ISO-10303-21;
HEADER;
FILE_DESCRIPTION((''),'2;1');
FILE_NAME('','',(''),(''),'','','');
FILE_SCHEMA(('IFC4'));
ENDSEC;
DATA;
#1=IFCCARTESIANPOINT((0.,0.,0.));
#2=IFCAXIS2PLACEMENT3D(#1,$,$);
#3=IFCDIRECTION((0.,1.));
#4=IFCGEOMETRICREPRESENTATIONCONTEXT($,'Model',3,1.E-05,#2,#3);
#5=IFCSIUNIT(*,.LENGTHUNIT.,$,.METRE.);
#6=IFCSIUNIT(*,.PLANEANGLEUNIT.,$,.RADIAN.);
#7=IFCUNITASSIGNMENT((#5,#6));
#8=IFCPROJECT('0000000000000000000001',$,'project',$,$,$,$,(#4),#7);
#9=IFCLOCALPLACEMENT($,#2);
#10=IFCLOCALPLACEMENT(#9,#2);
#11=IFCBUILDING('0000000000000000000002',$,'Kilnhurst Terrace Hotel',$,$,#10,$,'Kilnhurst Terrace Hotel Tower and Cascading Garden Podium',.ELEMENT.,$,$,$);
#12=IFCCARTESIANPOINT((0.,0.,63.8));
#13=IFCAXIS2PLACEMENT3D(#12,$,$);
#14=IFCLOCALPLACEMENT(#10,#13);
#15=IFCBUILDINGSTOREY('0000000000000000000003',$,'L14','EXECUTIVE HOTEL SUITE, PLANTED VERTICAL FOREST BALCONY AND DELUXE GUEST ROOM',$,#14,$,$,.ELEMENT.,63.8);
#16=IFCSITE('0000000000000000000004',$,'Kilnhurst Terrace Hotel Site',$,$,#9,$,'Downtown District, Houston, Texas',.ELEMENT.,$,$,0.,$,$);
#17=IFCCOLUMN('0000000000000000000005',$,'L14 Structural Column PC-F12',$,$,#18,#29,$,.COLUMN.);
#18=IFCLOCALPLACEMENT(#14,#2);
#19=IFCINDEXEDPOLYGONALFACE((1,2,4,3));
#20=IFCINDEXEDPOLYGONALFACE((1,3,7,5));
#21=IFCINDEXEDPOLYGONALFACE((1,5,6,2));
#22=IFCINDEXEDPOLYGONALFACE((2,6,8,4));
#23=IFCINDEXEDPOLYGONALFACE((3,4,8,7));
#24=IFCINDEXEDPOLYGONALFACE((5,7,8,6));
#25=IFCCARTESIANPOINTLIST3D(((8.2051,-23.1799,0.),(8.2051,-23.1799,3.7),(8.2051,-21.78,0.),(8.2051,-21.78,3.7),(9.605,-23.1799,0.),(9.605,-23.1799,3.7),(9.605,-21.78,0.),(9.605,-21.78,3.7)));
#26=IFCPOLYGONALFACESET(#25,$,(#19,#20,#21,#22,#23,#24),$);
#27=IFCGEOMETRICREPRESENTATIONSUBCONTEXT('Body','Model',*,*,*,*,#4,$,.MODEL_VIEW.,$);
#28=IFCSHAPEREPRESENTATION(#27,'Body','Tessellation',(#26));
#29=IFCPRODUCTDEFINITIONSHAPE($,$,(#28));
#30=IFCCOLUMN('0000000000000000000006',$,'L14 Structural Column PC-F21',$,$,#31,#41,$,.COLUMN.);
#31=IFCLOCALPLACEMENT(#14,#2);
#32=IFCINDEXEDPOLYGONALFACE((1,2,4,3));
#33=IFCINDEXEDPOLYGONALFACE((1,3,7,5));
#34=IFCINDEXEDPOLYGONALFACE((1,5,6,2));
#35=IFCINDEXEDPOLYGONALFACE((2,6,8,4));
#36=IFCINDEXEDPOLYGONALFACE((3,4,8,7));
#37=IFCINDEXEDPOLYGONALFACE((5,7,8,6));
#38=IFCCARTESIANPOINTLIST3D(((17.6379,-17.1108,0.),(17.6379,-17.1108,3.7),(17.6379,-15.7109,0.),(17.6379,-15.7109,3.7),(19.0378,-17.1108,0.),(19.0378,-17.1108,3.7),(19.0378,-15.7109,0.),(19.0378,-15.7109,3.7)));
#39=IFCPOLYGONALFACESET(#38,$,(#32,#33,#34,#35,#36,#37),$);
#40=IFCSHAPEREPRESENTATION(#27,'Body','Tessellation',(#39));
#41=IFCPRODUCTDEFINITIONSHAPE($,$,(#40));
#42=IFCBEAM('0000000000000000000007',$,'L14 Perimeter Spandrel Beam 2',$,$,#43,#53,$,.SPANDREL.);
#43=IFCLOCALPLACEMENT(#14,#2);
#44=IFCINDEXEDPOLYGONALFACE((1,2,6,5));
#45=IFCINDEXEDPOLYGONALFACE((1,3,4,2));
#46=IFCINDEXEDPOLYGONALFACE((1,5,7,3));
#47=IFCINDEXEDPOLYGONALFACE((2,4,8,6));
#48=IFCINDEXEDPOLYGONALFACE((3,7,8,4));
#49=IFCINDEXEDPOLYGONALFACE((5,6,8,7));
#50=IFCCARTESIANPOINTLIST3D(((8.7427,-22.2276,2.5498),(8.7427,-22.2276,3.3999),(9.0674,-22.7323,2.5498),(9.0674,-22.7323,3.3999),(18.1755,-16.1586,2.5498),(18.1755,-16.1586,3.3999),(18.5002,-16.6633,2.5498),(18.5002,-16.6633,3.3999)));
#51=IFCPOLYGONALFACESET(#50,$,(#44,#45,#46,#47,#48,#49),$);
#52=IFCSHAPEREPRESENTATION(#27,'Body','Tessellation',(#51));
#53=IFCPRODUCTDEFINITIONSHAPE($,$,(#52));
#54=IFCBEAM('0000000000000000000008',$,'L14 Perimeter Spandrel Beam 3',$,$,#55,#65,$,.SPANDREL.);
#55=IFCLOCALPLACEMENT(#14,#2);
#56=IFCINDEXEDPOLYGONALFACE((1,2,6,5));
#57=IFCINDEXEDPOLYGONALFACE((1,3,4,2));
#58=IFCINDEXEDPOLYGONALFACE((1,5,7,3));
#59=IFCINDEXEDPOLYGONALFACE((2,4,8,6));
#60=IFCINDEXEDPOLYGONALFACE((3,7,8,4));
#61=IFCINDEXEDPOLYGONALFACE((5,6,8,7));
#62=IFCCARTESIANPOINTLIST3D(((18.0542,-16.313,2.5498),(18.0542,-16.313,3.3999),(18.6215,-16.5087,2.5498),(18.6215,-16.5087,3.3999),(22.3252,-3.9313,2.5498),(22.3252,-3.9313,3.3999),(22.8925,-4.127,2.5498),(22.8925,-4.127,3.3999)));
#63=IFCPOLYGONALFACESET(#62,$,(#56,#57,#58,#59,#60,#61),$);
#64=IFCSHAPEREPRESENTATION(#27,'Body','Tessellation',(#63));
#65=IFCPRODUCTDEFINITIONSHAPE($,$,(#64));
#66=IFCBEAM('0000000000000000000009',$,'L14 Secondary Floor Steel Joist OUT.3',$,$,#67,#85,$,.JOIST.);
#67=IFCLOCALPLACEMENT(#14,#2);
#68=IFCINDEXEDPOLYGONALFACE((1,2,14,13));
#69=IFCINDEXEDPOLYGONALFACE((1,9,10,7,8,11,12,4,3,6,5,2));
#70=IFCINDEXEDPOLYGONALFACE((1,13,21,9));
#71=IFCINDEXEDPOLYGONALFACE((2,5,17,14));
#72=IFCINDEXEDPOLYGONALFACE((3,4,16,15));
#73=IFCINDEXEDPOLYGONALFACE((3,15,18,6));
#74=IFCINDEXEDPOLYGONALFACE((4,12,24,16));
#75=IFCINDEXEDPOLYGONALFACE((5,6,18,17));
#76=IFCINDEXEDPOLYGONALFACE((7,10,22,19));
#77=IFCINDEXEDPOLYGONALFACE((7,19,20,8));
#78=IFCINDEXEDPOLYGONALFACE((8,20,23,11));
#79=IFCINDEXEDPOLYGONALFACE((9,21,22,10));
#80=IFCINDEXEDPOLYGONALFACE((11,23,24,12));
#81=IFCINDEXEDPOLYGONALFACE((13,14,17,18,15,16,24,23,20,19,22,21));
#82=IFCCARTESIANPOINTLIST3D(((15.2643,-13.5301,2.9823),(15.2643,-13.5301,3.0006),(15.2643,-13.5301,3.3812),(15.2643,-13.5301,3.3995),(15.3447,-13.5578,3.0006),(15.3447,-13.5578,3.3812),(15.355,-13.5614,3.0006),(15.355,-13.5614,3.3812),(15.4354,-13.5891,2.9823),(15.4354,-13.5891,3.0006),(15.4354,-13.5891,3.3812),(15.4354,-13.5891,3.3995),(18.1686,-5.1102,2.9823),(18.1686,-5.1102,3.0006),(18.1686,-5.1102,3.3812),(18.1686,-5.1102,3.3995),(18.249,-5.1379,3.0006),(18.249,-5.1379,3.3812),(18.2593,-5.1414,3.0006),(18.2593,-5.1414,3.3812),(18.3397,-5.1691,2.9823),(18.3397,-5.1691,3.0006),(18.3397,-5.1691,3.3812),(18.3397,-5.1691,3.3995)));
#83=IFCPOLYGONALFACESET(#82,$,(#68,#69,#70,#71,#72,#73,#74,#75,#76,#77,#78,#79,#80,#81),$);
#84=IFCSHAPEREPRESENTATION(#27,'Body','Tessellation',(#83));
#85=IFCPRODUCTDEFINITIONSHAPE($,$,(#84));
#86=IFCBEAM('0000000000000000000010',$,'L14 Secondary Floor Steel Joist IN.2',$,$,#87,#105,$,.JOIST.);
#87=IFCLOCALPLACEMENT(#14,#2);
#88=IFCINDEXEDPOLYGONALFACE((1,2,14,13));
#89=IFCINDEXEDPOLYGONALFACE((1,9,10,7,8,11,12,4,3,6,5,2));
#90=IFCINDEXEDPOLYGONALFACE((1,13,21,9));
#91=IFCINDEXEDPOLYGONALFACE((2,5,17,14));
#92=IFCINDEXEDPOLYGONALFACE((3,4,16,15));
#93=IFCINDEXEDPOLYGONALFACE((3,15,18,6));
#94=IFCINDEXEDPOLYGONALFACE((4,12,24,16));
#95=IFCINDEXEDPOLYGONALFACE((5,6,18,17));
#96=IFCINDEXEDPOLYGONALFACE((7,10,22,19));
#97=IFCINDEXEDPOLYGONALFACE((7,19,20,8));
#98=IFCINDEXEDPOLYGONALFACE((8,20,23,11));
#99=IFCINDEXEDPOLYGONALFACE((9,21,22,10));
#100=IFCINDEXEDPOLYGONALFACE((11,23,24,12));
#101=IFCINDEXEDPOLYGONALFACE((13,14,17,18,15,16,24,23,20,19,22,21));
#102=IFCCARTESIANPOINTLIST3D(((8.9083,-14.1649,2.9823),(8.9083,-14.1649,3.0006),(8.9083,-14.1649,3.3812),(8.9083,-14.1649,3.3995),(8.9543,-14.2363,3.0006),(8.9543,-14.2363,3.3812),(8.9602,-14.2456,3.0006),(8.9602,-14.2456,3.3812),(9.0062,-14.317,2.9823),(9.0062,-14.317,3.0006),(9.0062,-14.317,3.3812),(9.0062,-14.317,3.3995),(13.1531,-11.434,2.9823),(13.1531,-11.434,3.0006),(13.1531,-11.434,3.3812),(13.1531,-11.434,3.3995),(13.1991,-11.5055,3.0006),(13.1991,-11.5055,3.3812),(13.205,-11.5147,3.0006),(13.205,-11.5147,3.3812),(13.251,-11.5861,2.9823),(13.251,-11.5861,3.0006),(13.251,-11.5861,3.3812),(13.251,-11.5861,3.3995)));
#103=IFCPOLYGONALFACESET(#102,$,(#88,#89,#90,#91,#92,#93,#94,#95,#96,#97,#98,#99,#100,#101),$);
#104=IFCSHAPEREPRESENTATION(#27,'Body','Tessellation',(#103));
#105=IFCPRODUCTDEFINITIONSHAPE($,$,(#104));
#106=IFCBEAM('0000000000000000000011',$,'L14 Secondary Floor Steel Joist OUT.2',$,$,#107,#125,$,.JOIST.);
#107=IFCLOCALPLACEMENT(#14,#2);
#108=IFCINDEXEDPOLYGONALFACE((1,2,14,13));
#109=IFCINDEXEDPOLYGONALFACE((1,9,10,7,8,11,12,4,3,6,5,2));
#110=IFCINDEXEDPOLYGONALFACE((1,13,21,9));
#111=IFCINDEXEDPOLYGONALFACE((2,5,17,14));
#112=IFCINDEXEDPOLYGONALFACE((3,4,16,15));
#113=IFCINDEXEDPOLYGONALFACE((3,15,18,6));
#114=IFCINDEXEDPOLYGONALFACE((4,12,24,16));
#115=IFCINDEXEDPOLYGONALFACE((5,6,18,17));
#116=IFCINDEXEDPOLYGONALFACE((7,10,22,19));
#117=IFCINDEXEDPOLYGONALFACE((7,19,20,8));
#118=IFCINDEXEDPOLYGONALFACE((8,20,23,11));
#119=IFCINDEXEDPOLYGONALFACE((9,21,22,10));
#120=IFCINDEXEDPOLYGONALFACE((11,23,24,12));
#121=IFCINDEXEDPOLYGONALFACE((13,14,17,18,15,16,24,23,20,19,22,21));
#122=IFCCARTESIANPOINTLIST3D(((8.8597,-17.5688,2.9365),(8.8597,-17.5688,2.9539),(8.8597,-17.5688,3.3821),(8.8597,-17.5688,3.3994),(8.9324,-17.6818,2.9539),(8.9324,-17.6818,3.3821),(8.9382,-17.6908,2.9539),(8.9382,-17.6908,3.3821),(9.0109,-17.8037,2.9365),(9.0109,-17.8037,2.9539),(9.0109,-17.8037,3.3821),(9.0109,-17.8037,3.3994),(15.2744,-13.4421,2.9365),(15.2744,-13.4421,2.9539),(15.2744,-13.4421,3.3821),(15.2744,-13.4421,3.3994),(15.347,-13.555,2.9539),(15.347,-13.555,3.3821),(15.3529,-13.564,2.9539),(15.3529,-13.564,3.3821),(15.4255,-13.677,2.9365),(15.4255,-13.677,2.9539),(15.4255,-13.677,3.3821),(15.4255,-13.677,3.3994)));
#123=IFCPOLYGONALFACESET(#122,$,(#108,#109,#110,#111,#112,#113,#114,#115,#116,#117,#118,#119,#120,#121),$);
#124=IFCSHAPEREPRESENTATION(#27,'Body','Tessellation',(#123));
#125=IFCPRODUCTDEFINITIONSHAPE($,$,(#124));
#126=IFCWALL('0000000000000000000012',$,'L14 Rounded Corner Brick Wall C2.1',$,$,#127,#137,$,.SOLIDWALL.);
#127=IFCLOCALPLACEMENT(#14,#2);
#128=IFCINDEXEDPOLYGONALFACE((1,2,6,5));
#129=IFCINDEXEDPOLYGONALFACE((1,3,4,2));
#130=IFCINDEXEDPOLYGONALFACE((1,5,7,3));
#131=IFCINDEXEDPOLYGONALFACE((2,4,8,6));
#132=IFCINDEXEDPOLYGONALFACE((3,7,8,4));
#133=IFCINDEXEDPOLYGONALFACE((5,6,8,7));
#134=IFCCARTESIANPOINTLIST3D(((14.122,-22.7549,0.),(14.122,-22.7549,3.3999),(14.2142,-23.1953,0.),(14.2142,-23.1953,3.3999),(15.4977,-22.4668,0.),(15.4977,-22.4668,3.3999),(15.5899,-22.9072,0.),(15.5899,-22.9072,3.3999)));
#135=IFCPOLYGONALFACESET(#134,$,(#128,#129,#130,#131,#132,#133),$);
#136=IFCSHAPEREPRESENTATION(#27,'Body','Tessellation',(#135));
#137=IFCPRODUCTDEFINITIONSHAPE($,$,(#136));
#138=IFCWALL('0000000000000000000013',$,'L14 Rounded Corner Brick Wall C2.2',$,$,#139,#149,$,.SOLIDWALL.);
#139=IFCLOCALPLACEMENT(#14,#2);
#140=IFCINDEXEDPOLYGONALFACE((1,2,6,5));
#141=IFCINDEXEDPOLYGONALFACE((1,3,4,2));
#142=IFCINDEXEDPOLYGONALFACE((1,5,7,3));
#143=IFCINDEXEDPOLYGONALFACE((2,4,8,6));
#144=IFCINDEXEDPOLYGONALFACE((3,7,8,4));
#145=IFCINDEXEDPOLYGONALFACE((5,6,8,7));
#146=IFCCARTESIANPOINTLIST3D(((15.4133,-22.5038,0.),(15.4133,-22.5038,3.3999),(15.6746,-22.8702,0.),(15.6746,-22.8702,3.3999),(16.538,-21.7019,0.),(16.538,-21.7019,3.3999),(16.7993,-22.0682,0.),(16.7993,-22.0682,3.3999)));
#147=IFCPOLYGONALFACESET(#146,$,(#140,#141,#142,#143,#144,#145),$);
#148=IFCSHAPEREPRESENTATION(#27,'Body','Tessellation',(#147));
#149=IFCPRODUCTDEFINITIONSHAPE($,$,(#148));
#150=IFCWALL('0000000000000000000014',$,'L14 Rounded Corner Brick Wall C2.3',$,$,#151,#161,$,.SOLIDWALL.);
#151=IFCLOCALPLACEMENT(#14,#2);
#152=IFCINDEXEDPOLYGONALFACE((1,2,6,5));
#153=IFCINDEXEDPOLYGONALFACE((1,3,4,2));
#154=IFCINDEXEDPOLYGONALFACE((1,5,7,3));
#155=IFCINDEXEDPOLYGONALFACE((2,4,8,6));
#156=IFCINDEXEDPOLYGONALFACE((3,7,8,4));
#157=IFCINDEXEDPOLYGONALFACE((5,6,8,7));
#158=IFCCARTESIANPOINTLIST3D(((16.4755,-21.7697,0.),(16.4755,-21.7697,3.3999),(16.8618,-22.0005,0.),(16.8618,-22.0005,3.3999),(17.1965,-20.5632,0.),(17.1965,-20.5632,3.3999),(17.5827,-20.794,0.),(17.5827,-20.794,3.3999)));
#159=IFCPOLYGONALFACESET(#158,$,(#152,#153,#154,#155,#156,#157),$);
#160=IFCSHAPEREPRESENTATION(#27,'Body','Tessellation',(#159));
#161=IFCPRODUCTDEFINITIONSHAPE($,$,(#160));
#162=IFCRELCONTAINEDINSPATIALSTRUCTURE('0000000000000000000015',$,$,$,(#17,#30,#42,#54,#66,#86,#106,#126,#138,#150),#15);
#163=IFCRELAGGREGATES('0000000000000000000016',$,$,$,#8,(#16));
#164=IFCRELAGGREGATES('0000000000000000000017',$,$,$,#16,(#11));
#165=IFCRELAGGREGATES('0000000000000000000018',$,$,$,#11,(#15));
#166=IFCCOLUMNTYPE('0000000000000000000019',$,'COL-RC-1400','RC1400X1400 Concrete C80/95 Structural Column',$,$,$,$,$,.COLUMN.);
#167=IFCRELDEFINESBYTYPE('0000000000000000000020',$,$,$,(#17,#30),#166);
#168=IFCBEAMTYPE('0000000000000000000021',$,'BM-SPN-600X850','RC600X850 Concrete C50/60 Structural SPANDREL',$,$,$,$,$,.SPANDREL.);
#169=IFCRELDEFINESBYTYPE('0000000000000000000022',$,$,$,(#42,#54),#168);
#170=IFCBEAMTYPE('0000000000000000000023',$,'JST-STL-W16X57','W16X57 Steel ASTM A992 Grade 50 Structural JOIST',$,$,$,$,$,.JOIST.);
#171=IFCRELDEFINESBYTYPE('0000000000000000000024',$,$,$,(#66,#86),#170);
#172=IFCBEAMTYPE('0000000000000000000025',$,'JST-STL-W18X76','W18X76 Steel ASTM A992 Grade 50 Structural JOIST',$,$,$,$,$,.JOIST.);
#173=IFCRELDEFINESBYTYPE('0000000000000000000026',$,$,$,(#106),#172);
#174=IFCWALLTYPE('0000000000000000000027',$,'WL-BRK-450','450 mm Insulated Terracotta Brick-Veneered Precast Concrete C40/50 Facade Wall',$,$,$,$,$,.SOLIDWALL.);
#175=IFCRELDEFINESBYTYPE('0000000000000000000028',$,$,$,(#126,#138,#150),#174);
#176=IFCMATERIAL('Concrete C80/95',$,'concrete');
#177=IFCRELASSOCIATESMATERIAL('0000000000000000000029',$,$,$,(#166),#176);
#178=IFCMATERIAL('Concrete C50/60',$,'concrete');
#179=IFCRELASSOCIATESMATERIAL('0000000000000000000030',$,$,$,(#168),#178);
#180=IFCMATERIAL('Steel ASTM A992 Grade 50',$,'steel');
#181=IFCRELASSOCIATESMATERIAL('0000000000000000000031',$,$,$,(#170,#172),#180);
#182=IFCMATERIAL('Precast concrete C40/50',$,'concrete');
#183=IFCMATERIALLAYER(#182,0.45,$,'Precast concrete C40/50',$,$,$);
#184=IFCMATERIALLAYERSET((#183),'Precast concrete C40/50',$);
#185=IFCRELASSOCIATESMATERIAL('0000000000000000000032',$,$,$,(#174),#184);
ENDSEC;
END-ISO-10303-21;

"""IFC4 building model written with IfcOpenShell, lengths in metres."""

from ifc_helpers import new_model, si_unit, direction, frame, frame_2d, origin, origin_2d, place, context, subcontext, project, spatial, rectangle, i_section, extrude, material, layer, layer_set, material_profile, profile_set, type_object, element, save


model = new_model("IFC4")

# Units and contexts
model_context = context("Model", 3, precision=1e-05, world=origin(), true_north=direction((0.0, 1.0)))
body_context = subcontext(model_context, "Body", "Model", "MODEL_VIEW")
ifc_project = project(units=[si_unit("LENGTHUNIT", "METRE"), si_unit("PLANEANGLEUNIT", "RADIAN")], contexts=[model_context])

# Site, building, storey
site_placement = place(None, origin())
site = spatial("IfcSite", under=ifc_project, at=site_placement, Name="Kilnhurst Terrace Hotel Site", LongName="Downtown District, Houston, Texas", CompositionType="ELEMENT", RefElevation=0.0)
building_placement = place(site_placement, origin())
building = spatial("IfcBuilding", under=site, at=building_placement, Name="Kilnhurst Terrace Hotel", LongName="Kilnhurst Terrace Hotel Tower and Cascading Garden Podium", CompositionType="ELEMENT")
storey_placement = place(building_placement, frame((0.0, 0.0, 63.8)))
storey = spatial("IfcBuildingStorey", under=building, at=storey_placement, Name="L14", Description="EXECUTIVE HOTEL SUITE, PLANTED VERTICAL FOREST BALCONY AND DELUXE GUEST ROOM", CompositionType="ELEMENT", Elevation=63.8)

# Columns
ifc_material_1 = material(Name="Concrete C80/95", Category="concrete")
ifc_material_profile_1 = material_profile(ifc_material_1, rectangle(XDim=1.3999, YDim=1.3999, at=origin_2d()), Name="RC1400X1400")
ifc_profile_set_1 = profile_set([ifc_material_profile_1], Name="Concrete C80/95")
column_type = type_object("IfcColumnType", Name="COL-RC-1400", Description="RC1400X1400 Concrete C80/95 Structural Column", PredefinedType="COLUMN", material=ifc_profile_set_1)
for number, where, z_axis, x_axis, name in (
    (1, (8.905, -22.48, 0.0), (0.0, 0.0, 1.0), (1.0, 0.0, 0.0), "L14 Structural Column PC-F12"),
    (2, (18.3379, -16.4109, 0.0), (0.0, 0.0, 1.0), (1.0, 0.0, 0.0), "L14 Structural Column PC-F21"),
):
    element("IfcColumn", number, at=place(storey_placement, frame(where, z_axis=z_axis, x_axis=x_axis)), inside=storey, type_object=column_type, Name=name, PredefinedType="COLUMN", context=body_context, shape_type="SweptSolid", body=[
        extrude(rectangle(XDim=1.3999, YDim=1.3999, at=origin_2d()), origin(), (0.0, 0.0, 1.0), 3.7),
    ])

# Beams
ifc_material_2 = material(Name="Concrete C50/60", Category="concrete")
ifc_material_profile_2 = material_profile(ifc_material_2, rectangle(XDim=0.6001, YDim=0.8501, at=origin_2d()), Name="RC600X850")
ifc_profile_set_2 = profile_set([ifc_material_profile_2], Name="Concrete C50/60")
beam_type_1 = type_object("IfcBeamType", Name="BM-SPN-600X850", Description="RC600X850 Concrete C50/60 Structural SPANDREL", PredefinedType="SPANDREL", material=ifc_profile_set_2)
beam_1_placement = place(storey_placement, frame((8.905, -22.48, 2.9749), z_axis=(0.840971, 0.54108, 0.0), x_axis=(-0.54108, 0.840971, 0.0)))
element("IfcBeam", 3, at=beam_1_placement, inside=storey, type_object=beam_type_1, Name="L14 Perimeter Spandrel Beam 2", PredefinedType="SPANDREL", context=body_context, shape_type="SweptSolid", body=[
    extrude(rectangle(XDim=0.6001, YDim=0.8501, at=origin_2d()), origin(), (0.0, 0.0, 1.0), 11.2166),
])
beam_2_placement = place(storey_placement, frame((18.3379, -16.4109, 2.9749), z_axis=(0.326086, 0.94534, 0.0), x_axis=(-0.94534, 0.326086, 0.0)))
element("IfcBeam", 4, at=beam_2_placement, inside=storey, type_object=beam_type_1, Name="L14 Perimeter Spandrel Beam 3", PredefinedType="SPANDREL", context=body_context, shape_type="SweptSolid", body=[
    extrude(rectangle(XDim=0.6001, YDim=0.8501, at=origin_2d()), origin(), (0.0, 0.0, 1.0), 13.0977),
])
ifc_material_3 = material(Name="Steel ASTM A992 Grade 50", Category="steel")
ifc_material_profile_3 = material_profile(ifc_material_3, i_section(OverallWidth=0.1809, OverallDepth=0.4172, WebThickness=0.011, FlangeThickness=0.0183, at=origin_2d()), Name="W16X57")
ifc_profile_set_3 = profile_set([ifc_material_profile_3], Name="Steel ASTM A992 Grade 50")
beam_type_2 = type_object("IfcBeamType", Name="JST-STL-W16X57", Description="W16X57 Steel ASTM A992 Grade 50 Structural JOIST", PredefinedType="JOIST", material=ifc_profile_set_3)
beam_3_placement = place(storey_placement, frame((15.3499, -13.5596, 3.1909), z_axis=(0.326079, 0.945343, 0.0), x_axis=(-0.945343, 0.326079, 0.0)))
element("IfcBeam", 5, at=beam_3_placement, inside=storey, type_object=beam_type_2, Name="L14 Secondary Floor Steel Joist OUT.3", PredefinedType="JOIST", context=body_context, shape_type="SweptSolid", body=[
    extrude(i_section(OverallWidth=0.1809, OverallDepth=0.4172, WebThickness=0.011, FlangeThickness=0.0183, at=origin_2d()), origin(), (0.0, 0.0, 1.0), 8.9067),
])
beam_4_placement = place(storey_placement, frame((8.9573, -14.241, 3.1909), z_axis=(0.840988, 0.541053, 0.0), x_axis=(-0.541053, 0.840988, 0.0)))
element("IfcBeam", 6, at=beam_4_placement, inside=storey, type_object=beam_type_2, Name="L14 Secondary Floor Steel Joist IN.2", PredefinedType="JOIST", context=body_context, shape_type="SweptSolid", body=[
    extrude(i_section(OverallWidth=0.1809, OverallDepth=0.4172, WebThickness=0.011, FlangeThickness=0.0183, at=origin_2d()), origin(), (0.0, 0.0, 1.0), 5.0474),
])
ifc_material_profile_4 = material_profile(ifc_material_3, i_section(OverallWidth=0.2793, OverallDepth=0.4629, WebThickness=0.0107, FlangeThickness=0.0173, at=origin_2d()), Name="W18X76")
ifc_profile_set_4 = profile_set([ifc_material_profile_4], Name="Steel ASTM A992 Grade 50")
beam_type_3 = type_object("IfcBeamType", Name="JST-STL-W18X76", Description="W18X76 Steel ASTM A992 Grade 50 Structural JOIST", PredefinedType="JOIST", material=ifc_profile_set_4)
beam_5_placement = place(storey_placement, frame((8.9353, -17.6863, 3.168), z_axis=(0.840995, 0.541042, 0.0), x_axis=(-0.541042, 0.840995, 0.0)))
element("IfcBeam", 7, at=beam_5_placement, inside=storey, type_object=beam_type_3, Name="L14 Secondary Floor Steel Joist OUT.2", PredefinedType="JOIST", context=body_context, shape_type="SweptSolid", body=[
    extrude(i_section(OverallWidth=0.2793, OverallDepth=0.4629, WebThickness=0.0107, FlangeThickness=0.0173, at=origin_2d()), origin(), (0.0, 0.0, 1.0), 7.6274),
])

# Walls
ifc_material_4 = material(Name="Precast concrete C40/50", Category="concrete")
ifc_layer_1 = layer(ifc_material_4, 0.45, Name="Precast concrete C40/50")
ifc_layer_set_1 = layer_set([ifc_layer_1], Name="Precast concrete C40/50")
wall_type_1 = type_object("IfcWallType", Name="WL-BRK-450", Description="450 mm Insulated Terracotta Brick-Veneered Precast Concrete C40/50 Facade Wall", PredefinedType="SOLIDWALL", material=ifc_layer_set_1)
wall_1_placement = place(storey_placement, frame((14.1682, -22.9751, 0.0), z_axis=(0.0, 0.0, 1.0), x_axis=(0.97877, 0.20496, 0.0)))
element("IfcWall", 8, at=wall_1_placement, inside=storey, type_object=wall_type_1, Name="L14 Rounded Corner Brick Wall C2.1", PredefinedType="SOLIDWALL", context=body_context, shape_type="SweptSolid", body=[
    extrude(rectangle(XDim=1.4055, YDim=0.45, at=frame_2d((0.7026, 0.0))), origin(), (0.0, 0.0, 1.0), 3.3999),
])
wall_2_placement = place(storey_placement, frame((15.5439, -22.687, 0.0), z_axis=(0.0, 0.0, 1.0), x_axis=(0.814211, 0.580569, 0.0)))
element("IfcWall", 9, at=wall_2_placement, inside=storey, type_object=wall_type_1, Name="L14 Rounded Corner Brick Wall C2.2", PredefinedType="SOLIDWALL", context=body_context, shape_type="SweptSolid", body=[
    extrude(rectangle(XDim=1.3813, YDim=0.45, at=frame_2d((0.6907, 0.0))), origin(), (0.0, 0.0, 1.0), 3.3999),
])
wall_3_placement = place(storey_placement, frame((16.6687, -21.885, 0.0), z_axis=(0.0, 0.0, 1.0), x_axis=(0.512937, 0.858426, 0.0)))
element("IfcWall", 10, at=wall_3_placement, inside=storey, type_object=wall_type_1, Name="L14 Rounded Corner Brick Wall C2.3", PredefinedType="SOLIDWALL", context=body_context, shape_type="SweptSolid", body=[
    extrude(rectangle(XDim=1.4055, YDim=0.45, at=frame_2d((0.7026, 0.0))), origin(), (0.0, 0.0, 1.0), 3.3999),
])

save(model, "model.ifc")
